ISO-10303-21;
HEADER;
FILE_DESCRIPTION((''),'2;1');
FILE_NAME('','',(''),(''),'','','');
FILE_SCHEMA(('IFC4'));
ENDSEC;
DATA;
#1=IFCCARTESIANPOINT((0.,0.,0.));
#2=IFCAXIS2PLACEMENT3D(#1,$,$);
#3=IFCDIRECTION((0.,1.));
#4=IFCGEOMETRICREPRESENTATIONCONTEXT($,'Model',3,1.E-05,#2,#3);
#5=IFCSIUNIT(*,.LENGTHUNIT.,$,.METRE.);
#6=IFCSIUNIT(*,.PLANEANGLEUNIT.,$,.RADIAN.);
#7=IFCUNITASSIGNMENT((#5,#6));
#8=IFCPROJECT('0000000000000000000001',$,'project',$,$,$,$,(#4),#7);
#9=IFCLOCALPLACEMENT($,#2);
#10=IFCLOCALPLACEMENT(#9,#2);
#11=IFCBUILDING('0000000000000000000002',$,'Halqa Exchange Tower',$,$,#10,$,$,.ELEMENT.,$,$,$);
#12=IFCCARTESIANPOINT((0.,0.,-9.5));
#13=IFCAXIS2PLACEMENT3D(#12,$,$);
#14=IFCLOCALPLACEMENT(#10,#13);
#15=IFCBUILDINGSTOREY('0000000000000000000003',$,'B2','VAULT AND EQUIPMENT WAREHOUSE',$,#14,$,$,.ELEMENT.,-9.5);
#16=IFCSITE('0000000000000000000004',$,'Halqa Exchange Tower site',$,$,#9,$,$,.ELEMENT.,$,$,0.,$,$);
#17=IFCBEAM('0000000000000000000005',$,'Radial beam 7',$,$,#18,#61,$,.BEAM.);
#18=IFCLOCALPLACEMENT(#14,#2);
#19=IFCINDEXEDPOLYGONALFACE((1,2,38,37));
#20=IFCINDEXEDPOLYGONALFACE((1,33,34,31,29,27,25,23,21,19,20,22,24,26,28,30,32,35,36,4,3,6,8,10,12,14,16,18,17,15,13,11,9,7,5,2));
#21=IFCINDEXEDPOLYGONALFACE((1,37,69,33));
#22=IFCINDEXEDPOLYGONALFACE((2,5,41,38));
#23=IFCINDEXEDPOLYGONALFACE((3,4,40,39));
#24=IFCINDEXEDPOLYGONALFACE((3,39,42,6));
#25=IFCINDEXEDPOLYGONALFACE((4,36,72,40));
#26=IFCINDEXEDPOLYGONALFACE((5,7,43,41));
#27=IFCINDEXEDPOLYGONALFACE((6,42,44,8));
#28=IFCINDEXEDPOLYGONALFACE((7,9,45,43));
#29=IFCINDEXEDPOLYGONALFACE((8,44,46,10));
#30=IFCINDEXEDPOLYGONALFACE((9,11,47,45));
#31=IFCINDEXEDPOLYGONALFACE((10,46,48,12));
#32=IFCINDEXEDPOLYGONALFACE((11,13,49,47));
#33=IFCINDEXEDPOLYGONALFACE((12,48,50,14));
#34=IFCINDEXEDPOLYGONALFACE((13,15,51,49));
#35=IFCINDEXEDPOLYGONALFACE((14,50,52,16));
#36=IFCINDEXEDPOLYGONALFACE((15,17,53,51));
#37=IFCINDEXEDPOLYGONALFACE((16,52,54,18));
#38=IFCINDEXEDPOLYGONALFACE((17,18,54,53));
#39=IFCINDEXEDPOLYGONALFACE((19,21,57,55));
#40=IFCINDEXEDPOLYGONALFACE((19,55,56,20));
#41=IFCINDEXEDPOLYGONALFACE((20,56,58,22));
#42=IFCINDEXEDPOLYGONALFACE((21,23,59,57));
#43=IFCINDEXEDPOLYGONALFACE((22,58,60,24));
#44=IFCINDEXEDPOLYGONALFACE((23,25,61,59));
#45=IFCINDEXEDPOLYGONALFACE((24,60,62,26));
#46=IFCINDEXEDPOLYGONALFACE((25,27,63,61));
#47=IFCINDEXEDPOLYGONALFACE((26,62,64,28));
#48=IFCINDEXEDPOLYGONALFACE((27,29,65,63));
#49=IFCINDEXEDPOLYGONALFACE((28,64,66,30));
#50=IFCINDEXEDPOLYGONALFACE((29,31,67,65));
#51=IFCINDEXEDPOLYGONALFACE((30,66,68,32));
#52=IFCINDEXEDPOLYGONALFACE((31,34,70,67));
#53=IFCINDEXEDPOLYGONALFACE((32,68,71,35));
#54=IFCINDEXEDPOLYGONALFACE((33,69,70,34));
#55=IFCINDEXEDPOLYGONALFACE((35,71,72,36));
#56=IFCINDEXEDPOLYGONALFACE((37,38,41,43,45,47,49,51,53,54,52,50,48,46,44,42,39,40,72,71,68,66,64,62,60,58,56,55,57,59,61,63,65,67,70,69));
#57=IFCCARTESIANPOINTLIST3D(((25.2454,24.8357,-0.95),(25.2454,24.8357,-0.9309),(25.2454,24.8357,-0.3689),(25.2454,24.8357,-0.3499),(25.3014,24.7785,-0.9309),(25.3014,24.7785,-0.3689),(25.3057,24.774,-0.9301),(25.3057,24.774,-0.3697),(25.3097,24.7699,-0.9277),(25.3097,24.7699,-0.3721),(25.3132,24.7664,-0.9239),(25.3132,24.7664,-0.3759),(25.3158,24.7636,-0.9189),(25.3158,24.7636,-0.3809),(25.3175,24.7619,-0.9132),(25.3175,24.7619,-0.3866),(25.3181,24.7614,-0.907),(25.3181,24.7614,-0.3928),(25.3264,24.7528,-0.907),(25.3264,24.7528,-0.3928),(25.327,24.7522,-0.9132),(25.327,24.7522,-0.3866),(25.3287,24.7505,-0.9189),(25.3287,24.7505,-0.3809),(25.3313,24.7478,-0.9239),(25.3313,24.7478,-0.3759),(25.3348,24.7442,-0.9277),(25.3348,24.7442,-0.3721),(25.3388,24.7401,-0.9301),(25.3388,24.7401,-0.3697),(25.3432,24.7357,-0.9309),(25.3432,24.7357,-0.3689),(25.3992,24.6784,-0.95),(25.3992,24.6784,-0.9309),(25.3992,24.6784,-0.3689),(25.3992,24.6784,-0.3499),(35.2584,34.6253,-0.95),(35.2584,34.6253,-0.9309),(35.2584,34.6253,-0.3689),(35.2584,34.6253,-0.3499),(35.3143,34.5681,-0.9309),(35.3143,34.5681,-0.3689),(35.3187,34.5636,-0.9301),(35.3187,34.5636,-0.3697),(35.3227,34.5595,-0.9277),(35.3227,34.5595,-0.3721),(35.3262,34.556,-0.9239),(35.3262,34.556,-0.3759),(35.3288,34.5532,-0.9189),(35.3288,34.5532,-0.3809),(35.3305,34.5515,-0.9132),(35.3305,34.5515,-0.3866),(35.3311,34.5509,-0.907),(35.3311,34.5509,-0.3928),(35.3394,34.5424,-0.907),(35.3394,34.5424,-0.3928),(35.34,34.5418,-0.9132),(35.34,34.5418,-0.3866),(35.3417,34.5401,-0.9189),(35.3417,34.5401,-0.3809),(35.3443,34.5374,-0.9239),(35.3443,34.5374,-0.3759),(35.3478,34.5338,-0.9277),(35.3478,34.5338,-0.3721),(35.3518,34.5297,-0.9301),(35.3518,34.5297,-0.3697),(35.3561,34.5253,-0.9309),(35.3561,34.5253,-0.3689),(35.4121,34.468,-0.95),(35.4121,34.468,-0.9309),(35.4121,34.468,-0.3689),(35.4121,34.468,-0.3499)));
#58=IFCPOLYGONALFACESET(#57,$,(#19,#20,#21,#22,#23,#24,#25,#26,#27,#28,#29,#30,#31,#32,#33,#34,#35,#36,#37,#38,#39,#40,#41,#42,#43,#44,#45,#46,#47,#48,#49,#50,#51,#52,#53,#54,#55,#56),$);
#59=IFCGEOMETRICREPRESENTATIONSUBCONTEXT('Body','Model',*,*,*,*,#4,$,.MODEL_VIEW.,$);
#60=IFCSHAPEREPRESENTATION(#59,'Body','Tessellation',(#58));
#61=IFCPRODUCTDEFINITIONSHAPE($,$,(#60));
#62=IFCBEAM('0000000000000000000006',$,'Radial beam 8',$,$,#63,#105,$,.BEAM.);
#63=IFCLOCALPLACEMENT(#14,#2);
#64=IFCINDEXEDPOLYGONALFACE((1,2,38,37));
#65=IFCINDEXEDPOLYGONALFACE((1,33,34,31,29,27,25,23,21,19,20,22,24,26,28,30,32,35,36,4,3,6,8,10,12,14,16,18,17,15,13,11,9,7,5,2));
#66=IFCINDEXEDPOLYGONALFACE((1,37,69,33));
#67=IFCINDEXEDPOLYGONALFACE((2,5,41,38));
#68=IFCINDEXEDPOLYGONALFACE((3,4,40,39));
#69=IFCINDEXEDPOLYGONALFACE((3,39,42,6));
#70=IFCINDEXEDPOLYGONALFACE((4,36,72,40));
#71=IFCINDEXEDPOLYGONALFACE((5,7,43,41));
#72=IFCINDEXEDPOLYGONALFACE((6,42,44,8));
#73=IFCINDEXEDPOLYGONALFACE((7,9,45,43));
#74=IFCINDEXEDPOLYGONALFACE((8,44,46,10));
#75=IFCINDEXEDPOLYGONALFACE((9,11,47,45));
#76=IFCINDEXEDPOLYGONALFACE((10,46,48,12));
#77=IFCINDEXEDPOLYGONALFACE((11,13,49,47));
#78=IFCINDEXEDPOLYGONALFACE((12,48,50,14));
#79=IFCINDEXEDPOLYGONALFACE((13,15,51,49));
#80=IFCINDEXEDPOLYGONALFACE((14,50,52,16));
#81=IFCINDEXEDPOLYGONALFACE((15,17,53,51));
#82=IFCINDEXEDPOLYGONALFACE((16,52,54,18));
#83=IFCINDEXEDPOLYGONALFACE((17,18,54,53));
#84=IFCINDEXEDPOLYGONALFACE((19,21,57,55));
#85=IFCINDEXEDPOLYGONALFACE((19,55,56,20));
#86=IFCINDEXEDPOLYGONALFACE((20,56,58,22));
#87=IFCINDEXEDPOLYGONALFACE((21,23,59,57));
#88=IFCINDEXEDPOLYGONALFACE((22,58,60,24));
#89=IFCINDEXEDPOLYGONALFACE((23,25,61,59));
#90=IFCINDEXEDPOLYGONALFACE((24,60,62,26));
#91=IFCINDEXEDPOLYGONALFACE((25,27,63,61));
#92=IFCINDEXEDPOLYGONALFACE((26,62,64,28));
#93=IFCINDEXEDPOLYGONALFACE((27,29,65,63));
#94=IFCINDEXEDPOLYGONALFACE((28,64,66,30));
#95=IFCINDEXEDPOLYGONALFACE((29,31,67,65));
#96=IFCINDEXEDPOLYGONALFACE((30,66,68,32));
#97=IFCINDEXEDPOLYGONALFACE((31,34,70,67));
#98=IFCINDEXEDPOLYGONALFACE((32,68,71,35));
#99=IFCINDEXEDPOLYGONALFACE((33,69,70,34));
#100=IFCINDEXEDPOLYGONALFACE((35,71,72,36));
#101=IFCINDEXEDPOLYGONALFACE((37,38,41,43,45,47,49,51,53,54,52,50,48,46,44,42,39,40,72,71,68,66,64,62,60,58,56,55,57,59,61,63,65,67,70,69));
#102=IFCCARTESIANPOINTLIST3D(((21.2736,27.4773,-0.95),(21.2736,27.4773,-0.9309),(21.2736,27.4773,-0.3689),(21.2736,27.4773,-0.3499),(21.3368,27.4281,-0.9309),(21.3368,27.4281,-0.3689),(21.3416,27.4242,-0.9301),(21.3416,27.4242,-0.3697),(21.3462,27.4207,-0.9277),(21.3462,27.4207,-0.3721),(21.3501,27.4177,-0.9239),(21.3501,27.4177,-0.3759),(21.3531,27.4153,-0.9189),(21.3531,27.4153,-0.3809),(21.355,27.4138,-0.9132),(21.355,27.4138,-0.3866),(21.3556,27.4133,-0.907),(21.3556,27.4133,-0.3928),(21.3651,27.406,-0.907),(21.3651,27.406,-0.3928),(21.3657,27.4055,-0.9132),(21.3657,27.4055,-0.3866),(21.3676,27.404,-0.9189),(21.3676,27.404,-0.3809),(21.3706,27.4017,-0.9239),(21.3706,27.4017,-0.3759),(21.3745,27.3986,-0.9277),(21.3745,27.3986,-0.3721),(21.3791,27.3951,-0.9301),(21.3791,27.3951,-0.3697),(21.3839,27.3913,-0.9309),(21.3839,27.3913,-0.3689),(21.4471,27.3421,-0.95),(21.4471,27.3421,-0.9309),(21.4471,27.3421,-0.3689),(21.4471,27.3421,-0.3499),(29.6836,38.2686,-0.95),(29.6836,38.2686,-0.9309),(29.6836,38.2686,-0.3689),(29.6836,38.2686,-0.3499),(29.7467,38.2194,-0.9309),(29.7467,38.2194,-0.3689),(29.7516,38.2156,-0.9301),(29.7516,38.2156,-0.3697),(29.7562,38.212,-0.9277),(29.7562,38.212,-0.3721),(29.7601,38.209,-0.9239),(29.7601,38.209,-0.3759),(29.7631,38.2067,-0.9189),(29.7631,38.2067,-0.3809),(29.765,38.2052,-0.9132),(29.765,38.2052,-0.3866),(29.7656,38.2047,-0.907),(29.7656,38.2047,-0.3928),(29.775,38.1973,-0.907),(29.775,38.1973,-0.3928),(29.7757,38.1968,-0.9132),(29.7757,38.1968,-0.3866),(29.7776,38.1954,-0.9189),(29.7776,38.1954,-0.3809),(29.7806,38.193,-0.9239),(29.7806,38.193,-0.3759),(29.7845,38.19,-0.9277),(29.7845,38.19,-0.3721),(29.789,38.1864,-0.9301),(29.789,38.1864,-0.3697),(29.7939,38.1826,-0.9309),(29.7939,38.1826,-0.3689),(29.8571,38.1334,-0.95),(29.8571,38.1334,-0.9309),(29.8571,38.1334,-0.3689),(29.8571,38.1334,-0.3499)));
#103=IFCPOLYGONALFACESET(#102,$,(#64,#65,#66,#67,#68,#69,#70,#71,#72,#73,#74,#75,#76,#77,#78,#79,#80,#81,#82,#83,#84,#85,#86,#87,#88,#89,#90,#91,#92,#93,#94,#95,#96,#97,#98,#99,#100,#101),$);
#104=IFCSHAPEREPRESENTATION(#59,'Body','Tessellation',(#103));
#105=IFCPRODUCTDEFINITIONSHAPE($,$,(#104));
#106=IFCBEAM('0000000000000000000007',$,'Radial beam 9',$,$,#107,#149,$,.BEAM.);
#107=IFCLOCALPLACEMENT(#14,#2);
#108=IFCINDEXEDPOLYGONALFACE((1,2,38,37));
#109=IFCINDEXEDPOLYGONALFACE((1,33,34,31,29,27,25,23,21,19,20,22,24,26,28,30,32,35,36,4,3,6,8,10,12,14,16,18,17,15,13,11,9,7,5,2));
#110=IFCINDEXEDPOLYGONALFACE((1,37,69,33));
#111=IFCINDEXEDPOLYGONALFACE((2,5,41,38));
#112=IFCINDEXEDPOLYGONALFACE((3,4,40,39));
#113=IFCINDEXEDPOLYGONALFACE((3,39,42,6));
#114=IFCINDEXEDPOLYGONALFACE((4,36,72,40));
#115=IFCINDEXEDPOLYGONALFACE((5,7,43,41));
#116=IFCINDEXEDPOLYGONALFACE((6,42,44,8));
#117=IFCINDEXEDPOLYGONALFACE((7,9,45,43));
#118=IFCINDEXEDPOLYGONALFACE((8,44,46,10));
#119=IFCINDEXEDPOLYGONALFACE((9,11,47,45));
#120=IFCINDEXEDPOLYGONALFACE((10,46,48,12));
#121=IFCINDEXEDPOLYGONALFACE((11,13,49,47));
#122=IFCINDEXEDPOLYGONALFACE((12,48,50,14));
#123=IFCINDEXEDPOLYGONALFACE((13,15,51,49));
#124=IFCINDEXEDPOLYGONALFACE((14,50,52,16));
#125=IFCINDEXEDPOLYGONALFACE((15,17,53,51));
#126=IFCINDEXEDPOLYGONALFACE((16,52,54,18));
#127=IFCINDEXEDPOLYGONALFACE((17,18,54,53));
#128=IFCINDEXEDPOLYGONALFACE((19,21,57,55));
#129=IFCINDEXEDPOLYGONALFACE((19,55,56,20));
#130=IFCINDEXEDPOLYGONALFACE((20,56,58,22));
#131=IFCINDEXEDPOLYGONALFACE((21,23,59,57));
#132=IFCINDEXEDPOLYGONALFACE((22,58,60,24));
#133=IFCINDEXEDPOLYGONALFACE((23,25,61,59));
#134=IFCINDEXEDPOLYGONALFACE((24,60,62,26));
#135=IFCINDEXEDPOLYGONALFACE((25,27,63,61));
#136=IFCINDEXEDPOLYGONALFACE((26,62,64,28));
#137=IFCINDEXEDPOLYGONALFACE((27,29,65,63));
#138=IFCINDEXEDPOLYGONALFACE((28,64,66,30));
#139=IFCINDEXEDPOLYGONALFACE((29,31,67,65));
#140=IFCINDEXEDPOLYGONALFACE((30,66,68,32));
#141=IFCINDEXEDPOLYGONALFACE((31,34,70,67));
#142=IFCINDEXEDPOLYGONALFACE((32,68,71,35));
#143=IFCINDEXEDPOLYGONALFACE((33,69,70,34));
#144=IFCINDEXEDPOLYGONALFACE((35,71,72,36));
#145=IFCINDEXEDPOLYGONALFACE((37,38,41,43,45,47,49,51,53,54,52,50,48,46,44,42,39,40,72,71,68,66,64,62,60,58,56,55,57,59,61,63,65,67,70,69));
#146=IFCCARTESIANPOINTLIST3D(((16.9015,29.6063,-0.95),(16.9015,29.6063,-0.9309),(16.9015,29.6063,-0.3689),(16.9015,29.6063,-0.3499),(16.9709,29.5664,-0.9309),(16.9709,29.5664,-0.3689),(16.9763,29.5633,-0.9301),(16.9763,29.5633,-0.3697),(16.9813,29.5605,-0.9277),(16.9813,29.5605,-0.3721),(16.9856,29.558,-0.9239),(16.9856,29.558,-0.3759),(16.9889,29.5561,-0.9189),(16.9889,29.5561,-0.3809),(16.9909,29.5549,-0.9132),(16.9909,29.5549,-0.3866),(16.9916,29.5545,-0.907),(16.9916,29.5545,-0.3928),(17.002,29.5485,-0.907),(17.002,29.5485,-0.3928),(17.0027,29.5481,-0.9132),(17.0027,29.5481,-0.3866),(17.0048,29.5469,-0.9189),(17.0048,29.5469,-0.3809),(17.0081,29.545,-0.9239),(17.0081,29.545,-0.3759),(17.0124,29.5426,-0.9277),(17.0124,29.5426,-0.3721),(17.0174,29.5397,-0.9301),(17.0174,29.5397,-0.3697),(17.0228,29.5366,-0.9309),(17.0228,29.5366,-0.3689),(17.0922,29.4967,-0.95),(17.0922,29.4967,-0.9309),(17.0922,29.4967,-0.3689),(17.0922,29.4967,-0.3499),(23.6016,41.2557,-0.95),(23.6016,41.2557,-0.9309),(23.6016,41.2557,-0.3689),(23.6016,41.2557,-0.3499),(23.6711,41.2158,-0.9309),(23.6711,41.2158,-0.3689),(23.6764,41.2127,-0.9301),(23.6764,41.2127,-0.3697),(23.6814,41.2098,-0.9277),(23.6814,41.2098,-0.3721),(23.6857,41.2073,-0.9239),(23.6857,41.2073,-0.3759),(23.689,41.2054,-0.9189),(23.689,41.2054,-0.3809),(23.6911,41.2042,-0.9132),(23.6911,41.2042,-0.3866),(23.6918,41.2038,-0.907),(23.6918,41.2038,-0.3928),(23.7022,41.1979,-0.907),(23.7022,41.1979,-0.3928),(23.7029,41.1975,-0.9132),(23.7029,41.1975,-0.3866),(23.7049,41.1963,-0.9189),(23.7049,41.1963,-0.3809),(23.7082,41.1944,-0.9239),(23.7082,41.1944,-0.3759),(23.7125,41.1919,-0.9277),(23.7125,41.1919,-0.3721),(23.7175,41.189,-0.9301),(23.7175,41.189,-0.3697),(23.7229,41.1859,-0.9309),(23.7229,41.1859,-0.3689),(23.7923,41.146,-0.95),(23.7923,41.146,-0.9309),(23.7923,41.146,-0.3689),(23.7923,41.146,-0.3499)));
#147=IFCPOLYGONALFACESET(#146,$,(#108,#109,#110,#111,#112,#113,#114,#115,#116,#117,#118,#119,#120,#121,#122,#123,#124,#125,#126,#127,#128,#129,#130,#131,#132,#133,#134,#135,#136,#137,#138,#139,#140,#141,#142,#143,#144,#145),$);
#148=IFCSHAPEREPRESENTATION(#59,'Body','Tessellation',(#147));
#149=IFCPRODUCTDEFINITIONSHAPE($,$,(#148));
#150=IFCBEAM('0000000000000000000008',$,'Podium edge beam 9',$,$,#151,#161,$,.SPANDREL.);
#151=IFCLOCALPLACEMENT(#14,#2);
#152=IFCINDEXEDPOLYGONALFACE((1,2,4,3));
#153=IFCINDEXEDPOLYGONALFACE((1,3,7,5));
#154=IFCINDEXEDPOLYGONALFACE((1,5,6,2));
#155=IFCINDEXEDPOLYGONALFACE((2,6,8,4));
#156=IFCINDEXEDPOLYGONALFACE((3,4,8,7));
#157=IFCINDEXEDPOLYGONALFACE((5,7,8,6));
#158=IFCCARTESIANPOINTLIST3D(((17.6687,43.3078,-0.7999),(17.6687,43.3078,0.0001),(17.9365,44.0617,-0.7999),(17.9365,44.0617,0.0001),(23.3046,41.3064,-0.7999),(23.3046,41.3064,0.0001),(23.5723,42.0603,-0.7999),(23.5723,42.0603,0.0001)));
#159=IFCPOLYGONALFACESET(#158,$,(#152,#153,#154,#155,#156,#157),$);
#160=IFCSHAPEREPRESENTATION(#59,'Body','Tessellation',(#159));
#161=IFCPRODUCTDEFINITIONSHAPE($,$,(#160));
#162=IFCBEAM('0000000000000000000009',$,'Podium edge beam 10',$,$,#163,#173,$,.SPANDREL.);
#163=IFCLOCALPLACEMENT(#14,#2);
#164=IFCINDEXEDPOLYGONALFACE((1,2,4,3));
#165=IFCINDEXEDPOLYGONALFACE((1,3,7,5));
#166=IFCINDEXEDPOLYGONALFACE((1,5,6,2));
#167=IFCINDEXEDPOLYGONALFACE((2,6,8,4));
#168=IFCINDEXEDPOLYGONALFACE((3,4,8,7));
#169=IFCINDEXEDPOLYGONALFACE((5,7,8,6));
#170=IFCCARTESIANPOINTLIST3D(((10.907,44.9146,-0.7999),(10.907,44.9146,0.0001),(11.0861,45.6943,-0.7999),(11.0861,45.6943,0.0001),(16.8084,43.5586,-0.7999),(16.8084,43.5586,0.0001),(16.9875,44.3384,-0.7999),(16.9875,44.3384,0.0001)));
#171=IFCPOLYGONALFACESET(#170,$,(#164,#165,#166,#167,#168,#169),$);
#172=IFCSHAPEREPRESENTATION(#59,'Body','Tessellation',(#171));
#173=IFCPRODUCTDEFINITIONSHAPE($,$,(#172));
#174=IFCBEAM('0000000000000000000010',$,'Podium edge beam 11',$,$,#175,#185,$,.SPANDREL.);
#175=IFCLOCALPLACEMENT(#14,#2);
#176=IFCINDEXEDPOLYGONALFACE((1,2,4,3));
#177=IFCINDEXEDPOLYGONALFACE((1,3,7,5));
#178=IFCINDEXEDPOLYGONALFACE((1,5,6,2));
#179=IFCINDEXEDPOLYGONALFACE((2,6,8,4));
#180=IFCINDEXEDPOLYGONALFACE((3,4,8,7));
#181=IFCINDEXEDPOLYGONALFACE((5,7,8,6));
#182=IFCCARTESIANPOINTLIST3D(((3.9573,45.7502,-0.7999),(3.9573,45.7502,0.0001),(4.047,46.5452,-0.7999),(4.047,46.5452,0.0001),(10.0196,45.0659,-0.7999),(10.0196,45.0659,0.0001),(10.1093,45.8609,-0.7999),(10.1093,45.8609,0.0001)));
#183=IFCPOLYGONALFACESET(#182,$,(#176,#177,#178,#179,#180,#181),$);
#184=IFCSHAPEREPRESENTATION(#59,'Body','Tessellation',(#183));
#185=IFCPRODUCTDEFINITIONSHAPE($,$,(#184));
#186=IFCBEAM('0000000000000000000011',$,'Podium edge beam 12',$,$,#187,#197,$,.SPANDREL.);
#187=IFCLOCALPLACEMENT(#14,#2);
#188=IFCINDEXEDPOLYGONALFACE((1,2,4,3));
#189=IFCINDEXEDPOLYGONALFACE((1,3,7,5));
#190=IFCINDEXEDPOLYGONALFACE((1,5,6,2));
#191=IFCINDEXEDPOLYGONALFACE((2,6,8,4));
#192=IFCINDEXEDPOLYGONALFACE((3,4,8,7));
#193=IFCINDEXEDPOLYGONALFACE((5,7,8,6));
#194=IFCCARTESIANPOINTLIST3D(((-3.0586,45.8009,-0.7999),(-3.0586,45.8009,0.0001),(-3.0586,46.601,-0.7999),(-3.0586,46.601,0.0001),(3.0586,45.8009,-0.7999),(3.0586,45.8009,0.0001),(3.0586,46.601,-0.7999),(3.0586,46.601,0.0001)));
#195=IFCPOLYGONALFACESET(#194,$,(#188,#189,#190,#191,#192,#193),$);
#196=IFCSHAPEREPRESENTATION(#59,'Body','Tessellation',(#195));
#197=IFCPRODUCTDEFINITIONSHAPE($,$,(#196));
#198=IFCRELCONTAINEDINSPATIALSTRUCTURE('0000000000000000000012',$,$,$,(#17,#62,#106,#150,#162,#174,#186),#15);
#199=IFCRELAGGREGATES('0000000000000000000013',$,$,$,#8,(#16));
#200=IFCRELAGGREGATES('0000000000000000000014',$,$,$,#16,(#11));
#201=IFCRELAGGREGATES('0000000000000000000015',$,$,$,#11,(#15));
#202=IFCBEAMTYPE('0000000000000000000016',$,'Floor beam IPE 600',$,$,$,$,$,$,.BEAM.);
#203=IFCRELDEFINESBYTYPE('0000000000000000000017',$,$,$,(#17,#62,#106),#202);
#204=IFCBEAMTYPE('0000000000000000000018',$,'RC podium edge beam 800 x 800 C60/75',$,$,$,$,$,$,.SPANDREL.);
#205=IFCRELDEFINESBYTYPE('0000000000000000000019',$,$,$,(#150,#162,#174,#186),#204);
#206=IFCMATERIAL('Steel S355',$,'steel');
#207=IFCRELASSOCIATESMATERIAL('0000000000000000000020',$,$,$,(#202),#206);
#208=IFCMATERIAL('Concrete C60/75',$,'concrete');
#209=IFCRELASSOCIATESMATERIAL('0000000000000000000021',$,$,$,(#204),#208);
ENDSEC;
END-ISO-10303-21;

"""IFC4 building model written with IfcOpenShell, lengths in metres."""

from ifc_helpers import new_model, si_unit, direction, frame, origin, origin_2d, place, context, subcontext, project, spatial, rectangle, i_section, extrude, material, material_profile, profile_set, type_object, element, save


model = new_model("IFC4")

# Units and contexts
model_context = context("Model", 3, precision=1e-05, world=origin(), true_north=direction((0.0, 1.0)))
body_context = subcontext(model_context, "Body", "Model", "MODEL_VIEW")
ifc_project = project(units=[si_unit("LENGTHUNIT", "METRE"), si_unit("PLANEANGLEUNIT", "RADIAN")], contexts=[model_context])

# Site, building, storey
site_placement = place(None, origin())
site = spatial("IfcSite", under=ifc_project, at=site_placement, Name="Halqa Exchange Tower site", CompositionType="ELEMENT", RefElevation=0.0)
building_placement = place(site_placement, origin())
building = spatial("IfcBuilding", under=site, at=building_placement, Name="Halqa Exchange Tower", CompositionType="ELEMENT")
storey_placement = place(building_placement, frame((0.0, 0.0, -9.5)))
storey = spatial("IfcBuildingStorey", under=building, at=storey_placement, Name="B2", Description="VAULT AND EQUIPMENT WAREHOUSE", CompositionType="ELEMENT", Elevation=-9.5)

# Shared definitions
ifc_material_1 = material(Name="Concrete C60/75", Category="concrete")

# Beams
ifc_material_2 = material(Name="Steel S355", Category="steel")
ifc_material_profile_1 = material_profile(ifc_material_2, i_section(OverallWidth=0.22, OverallDepth=0.6001, WebThickness=0.012, FlangeThickness=0.019, FilletRadius=0.0239, at=origin_2d()), Name="IPE 600")
ifc_profile_set_1 = profile_set([ifc_material_profile_1], Name="Steel S355")
beam_type_1 = type_object("IfcBeamType", Name="Floor beam IPE 600", PredefinedType="BEAM", material=ifc_profile_set_1)
beam_1_placement = place(storey_placement, frame((25.3223, 24.7571, -0.6499), z_axis=(0.715038, 0.699086, 0.0), x_axis=(-0.699086, 0.715038, 0.0)))
element("IfcBeam", 1, at=beam_1_placement, inside=storey, type_object=beam_type_1, Name="Radial beam 7", PredefinedType="BEAM", context=body_context, shape_type="SweptSolid", body=[
    extrude(i_section(OverallWidth=0.22, OverallDepth=0.6001, WebThickness=0.012, FlangeThickness=0.019, FilletRadius=0.0239, at=origin_2d()), origin(), (0.0, 0.0, 1.0), 14.0034),
])
beam_2_placement = place(storey_placement, frame((21.3604, 27.4097, -0.6499), z_axis=(0.614701, 0.78876, 0.0), x_axis=(-0.78876, 0.614701, 0.0)))
element("IfcBeam", 2, at=beam_2_placement, inside=storey, type_object=beam_type_1, Name="Radial beam 8", PredefinedType="BEAM", context=body_context, shape_type="SweptSolid", body=[
    extrude(i_section(OverallWidth=0.22, OverallDepth=0.6001, WebThickness=0.012, FlangeThickness=0.019, FilletRadius=0.0239, at=origin_2d()), origin(), (0.0, 0.0, 1.0), 13.6814),
])
beam_3_placement = place(storey_placement, frame((16.9968, 29.5515, -0.6499), z_axis=(0.498571, 0.866849, 0.0), x_axis=(-0.866849, 0.498571, 0.0)))
element("IfcBeam", 3, at=beam_3_placement, inside=storey, type_object=beam_type_1, Name="Radial beam 9", PredefinedType="BEAM", context=body_context, shape_type="SweptSolid", body=[
    extrude(i_section(OverallWidth=0.22, OverallDepth=0.6001, WebThickness=0.012, FlangeThickness=0.019, FilletRadius=0.0239, at=origin_2d()), origin(), (0.0, 0.0, 1.0), 13.4387),
])
ifc_material_profile_2 = material_profile(ifc_material_1, rectangle(XDim=0.8, YDim=0.8, at=origin_2d()), Name="800 x 800")
ifc_profile_set_2 = profile_set([ifc_material_profile_2], Name="Concrete C60/75")
beam_type_2 = type_object("IfcBeamType", Name="RC podium edge beam 800 x 800 C60/75", PredefinedType="SPANDREL", material=ifc_profile_set_2)
beam_4_placement = place(storey_placement, frame((23.4385, 41.6833, -0.3999), z_axis=(-0.942343, 0.334647, 0.0), x_axis=(-0.334647, -0.942343, 0.0)))
element("IfcBeam", 4, at=beam_4_placement, inside=storey, type_object=beam_type_2, Name="Podium edge beam 9", PredefinedType="SPANDREL", context=body_context, shape_type="SweptSolid", body=[
    extrude(rectangle(XDim=0.8, YDim=0.8, at=origin_2d()), origin(), (0.0, 0.0, 1.0), 5.9807),
])
beam_5_placement = place(storey_placement, frame((16.8979, 43.9485, -0.3999), z_axis=(-0.974604, 0.223935, 0.0), x_axis=(-0.223935, -0.974604, 0.0)))
element("IfcBeam", 5, at=beam_5_placement, inside=storey, type_object=beam_type_2, Name="Podium edge beam 10", PredefinedType="SPANDREL", context=body_context, shape_type="SweptSolid", body=[
    extrude(rectangle(XDim=0.8, YDim=0.8, at=origin_2d()), origin(), (0.0, 0.0, 1.0), 6.0552),
])
beam_6_placement = place(storey_placement, frame((10.0645, 45.4634, -0.3999), z_axis=(-0.993689, 0.112171, 0.0), x_axis=(-0.112171, -0.993689, 0.0)))
element("IfcBeam", 6, at=beam_6_placement, inside=storey, type_object=beam_type_2, Name="Podium edge beam 11", PredefinedType="SPANDREL", context=body_context, shape_type="SweptSolid", body=[
    extrude(rectangle(XDim=0.8, YDim=0.8, at=origin_2d()), origin(), (0.0, 0.0, 1.0), 6.1008),
])
beam_7_placement = place(storey_placement, frame((3.0586, 46.2009, -0.3999), z_axis=(-1.0, 0.0, 0.0), x_axis=(0.0, -1.0, 0.0)))
element("IfcBeam", 7, at=beam_7_placement, inside=storey, type_object=beam_type_2, Name="Podium edge beam 12", PredefinedType="SPANDREL", context=body_context, shape_type="SweptSolid", body=[
    extrude(rectangle(XDim=0.8, YDim=0.8, at=origin_2d()), origin(), (0.0, 0.0, 1.0), 6.1172),
])

save(model, "model.ifc")
